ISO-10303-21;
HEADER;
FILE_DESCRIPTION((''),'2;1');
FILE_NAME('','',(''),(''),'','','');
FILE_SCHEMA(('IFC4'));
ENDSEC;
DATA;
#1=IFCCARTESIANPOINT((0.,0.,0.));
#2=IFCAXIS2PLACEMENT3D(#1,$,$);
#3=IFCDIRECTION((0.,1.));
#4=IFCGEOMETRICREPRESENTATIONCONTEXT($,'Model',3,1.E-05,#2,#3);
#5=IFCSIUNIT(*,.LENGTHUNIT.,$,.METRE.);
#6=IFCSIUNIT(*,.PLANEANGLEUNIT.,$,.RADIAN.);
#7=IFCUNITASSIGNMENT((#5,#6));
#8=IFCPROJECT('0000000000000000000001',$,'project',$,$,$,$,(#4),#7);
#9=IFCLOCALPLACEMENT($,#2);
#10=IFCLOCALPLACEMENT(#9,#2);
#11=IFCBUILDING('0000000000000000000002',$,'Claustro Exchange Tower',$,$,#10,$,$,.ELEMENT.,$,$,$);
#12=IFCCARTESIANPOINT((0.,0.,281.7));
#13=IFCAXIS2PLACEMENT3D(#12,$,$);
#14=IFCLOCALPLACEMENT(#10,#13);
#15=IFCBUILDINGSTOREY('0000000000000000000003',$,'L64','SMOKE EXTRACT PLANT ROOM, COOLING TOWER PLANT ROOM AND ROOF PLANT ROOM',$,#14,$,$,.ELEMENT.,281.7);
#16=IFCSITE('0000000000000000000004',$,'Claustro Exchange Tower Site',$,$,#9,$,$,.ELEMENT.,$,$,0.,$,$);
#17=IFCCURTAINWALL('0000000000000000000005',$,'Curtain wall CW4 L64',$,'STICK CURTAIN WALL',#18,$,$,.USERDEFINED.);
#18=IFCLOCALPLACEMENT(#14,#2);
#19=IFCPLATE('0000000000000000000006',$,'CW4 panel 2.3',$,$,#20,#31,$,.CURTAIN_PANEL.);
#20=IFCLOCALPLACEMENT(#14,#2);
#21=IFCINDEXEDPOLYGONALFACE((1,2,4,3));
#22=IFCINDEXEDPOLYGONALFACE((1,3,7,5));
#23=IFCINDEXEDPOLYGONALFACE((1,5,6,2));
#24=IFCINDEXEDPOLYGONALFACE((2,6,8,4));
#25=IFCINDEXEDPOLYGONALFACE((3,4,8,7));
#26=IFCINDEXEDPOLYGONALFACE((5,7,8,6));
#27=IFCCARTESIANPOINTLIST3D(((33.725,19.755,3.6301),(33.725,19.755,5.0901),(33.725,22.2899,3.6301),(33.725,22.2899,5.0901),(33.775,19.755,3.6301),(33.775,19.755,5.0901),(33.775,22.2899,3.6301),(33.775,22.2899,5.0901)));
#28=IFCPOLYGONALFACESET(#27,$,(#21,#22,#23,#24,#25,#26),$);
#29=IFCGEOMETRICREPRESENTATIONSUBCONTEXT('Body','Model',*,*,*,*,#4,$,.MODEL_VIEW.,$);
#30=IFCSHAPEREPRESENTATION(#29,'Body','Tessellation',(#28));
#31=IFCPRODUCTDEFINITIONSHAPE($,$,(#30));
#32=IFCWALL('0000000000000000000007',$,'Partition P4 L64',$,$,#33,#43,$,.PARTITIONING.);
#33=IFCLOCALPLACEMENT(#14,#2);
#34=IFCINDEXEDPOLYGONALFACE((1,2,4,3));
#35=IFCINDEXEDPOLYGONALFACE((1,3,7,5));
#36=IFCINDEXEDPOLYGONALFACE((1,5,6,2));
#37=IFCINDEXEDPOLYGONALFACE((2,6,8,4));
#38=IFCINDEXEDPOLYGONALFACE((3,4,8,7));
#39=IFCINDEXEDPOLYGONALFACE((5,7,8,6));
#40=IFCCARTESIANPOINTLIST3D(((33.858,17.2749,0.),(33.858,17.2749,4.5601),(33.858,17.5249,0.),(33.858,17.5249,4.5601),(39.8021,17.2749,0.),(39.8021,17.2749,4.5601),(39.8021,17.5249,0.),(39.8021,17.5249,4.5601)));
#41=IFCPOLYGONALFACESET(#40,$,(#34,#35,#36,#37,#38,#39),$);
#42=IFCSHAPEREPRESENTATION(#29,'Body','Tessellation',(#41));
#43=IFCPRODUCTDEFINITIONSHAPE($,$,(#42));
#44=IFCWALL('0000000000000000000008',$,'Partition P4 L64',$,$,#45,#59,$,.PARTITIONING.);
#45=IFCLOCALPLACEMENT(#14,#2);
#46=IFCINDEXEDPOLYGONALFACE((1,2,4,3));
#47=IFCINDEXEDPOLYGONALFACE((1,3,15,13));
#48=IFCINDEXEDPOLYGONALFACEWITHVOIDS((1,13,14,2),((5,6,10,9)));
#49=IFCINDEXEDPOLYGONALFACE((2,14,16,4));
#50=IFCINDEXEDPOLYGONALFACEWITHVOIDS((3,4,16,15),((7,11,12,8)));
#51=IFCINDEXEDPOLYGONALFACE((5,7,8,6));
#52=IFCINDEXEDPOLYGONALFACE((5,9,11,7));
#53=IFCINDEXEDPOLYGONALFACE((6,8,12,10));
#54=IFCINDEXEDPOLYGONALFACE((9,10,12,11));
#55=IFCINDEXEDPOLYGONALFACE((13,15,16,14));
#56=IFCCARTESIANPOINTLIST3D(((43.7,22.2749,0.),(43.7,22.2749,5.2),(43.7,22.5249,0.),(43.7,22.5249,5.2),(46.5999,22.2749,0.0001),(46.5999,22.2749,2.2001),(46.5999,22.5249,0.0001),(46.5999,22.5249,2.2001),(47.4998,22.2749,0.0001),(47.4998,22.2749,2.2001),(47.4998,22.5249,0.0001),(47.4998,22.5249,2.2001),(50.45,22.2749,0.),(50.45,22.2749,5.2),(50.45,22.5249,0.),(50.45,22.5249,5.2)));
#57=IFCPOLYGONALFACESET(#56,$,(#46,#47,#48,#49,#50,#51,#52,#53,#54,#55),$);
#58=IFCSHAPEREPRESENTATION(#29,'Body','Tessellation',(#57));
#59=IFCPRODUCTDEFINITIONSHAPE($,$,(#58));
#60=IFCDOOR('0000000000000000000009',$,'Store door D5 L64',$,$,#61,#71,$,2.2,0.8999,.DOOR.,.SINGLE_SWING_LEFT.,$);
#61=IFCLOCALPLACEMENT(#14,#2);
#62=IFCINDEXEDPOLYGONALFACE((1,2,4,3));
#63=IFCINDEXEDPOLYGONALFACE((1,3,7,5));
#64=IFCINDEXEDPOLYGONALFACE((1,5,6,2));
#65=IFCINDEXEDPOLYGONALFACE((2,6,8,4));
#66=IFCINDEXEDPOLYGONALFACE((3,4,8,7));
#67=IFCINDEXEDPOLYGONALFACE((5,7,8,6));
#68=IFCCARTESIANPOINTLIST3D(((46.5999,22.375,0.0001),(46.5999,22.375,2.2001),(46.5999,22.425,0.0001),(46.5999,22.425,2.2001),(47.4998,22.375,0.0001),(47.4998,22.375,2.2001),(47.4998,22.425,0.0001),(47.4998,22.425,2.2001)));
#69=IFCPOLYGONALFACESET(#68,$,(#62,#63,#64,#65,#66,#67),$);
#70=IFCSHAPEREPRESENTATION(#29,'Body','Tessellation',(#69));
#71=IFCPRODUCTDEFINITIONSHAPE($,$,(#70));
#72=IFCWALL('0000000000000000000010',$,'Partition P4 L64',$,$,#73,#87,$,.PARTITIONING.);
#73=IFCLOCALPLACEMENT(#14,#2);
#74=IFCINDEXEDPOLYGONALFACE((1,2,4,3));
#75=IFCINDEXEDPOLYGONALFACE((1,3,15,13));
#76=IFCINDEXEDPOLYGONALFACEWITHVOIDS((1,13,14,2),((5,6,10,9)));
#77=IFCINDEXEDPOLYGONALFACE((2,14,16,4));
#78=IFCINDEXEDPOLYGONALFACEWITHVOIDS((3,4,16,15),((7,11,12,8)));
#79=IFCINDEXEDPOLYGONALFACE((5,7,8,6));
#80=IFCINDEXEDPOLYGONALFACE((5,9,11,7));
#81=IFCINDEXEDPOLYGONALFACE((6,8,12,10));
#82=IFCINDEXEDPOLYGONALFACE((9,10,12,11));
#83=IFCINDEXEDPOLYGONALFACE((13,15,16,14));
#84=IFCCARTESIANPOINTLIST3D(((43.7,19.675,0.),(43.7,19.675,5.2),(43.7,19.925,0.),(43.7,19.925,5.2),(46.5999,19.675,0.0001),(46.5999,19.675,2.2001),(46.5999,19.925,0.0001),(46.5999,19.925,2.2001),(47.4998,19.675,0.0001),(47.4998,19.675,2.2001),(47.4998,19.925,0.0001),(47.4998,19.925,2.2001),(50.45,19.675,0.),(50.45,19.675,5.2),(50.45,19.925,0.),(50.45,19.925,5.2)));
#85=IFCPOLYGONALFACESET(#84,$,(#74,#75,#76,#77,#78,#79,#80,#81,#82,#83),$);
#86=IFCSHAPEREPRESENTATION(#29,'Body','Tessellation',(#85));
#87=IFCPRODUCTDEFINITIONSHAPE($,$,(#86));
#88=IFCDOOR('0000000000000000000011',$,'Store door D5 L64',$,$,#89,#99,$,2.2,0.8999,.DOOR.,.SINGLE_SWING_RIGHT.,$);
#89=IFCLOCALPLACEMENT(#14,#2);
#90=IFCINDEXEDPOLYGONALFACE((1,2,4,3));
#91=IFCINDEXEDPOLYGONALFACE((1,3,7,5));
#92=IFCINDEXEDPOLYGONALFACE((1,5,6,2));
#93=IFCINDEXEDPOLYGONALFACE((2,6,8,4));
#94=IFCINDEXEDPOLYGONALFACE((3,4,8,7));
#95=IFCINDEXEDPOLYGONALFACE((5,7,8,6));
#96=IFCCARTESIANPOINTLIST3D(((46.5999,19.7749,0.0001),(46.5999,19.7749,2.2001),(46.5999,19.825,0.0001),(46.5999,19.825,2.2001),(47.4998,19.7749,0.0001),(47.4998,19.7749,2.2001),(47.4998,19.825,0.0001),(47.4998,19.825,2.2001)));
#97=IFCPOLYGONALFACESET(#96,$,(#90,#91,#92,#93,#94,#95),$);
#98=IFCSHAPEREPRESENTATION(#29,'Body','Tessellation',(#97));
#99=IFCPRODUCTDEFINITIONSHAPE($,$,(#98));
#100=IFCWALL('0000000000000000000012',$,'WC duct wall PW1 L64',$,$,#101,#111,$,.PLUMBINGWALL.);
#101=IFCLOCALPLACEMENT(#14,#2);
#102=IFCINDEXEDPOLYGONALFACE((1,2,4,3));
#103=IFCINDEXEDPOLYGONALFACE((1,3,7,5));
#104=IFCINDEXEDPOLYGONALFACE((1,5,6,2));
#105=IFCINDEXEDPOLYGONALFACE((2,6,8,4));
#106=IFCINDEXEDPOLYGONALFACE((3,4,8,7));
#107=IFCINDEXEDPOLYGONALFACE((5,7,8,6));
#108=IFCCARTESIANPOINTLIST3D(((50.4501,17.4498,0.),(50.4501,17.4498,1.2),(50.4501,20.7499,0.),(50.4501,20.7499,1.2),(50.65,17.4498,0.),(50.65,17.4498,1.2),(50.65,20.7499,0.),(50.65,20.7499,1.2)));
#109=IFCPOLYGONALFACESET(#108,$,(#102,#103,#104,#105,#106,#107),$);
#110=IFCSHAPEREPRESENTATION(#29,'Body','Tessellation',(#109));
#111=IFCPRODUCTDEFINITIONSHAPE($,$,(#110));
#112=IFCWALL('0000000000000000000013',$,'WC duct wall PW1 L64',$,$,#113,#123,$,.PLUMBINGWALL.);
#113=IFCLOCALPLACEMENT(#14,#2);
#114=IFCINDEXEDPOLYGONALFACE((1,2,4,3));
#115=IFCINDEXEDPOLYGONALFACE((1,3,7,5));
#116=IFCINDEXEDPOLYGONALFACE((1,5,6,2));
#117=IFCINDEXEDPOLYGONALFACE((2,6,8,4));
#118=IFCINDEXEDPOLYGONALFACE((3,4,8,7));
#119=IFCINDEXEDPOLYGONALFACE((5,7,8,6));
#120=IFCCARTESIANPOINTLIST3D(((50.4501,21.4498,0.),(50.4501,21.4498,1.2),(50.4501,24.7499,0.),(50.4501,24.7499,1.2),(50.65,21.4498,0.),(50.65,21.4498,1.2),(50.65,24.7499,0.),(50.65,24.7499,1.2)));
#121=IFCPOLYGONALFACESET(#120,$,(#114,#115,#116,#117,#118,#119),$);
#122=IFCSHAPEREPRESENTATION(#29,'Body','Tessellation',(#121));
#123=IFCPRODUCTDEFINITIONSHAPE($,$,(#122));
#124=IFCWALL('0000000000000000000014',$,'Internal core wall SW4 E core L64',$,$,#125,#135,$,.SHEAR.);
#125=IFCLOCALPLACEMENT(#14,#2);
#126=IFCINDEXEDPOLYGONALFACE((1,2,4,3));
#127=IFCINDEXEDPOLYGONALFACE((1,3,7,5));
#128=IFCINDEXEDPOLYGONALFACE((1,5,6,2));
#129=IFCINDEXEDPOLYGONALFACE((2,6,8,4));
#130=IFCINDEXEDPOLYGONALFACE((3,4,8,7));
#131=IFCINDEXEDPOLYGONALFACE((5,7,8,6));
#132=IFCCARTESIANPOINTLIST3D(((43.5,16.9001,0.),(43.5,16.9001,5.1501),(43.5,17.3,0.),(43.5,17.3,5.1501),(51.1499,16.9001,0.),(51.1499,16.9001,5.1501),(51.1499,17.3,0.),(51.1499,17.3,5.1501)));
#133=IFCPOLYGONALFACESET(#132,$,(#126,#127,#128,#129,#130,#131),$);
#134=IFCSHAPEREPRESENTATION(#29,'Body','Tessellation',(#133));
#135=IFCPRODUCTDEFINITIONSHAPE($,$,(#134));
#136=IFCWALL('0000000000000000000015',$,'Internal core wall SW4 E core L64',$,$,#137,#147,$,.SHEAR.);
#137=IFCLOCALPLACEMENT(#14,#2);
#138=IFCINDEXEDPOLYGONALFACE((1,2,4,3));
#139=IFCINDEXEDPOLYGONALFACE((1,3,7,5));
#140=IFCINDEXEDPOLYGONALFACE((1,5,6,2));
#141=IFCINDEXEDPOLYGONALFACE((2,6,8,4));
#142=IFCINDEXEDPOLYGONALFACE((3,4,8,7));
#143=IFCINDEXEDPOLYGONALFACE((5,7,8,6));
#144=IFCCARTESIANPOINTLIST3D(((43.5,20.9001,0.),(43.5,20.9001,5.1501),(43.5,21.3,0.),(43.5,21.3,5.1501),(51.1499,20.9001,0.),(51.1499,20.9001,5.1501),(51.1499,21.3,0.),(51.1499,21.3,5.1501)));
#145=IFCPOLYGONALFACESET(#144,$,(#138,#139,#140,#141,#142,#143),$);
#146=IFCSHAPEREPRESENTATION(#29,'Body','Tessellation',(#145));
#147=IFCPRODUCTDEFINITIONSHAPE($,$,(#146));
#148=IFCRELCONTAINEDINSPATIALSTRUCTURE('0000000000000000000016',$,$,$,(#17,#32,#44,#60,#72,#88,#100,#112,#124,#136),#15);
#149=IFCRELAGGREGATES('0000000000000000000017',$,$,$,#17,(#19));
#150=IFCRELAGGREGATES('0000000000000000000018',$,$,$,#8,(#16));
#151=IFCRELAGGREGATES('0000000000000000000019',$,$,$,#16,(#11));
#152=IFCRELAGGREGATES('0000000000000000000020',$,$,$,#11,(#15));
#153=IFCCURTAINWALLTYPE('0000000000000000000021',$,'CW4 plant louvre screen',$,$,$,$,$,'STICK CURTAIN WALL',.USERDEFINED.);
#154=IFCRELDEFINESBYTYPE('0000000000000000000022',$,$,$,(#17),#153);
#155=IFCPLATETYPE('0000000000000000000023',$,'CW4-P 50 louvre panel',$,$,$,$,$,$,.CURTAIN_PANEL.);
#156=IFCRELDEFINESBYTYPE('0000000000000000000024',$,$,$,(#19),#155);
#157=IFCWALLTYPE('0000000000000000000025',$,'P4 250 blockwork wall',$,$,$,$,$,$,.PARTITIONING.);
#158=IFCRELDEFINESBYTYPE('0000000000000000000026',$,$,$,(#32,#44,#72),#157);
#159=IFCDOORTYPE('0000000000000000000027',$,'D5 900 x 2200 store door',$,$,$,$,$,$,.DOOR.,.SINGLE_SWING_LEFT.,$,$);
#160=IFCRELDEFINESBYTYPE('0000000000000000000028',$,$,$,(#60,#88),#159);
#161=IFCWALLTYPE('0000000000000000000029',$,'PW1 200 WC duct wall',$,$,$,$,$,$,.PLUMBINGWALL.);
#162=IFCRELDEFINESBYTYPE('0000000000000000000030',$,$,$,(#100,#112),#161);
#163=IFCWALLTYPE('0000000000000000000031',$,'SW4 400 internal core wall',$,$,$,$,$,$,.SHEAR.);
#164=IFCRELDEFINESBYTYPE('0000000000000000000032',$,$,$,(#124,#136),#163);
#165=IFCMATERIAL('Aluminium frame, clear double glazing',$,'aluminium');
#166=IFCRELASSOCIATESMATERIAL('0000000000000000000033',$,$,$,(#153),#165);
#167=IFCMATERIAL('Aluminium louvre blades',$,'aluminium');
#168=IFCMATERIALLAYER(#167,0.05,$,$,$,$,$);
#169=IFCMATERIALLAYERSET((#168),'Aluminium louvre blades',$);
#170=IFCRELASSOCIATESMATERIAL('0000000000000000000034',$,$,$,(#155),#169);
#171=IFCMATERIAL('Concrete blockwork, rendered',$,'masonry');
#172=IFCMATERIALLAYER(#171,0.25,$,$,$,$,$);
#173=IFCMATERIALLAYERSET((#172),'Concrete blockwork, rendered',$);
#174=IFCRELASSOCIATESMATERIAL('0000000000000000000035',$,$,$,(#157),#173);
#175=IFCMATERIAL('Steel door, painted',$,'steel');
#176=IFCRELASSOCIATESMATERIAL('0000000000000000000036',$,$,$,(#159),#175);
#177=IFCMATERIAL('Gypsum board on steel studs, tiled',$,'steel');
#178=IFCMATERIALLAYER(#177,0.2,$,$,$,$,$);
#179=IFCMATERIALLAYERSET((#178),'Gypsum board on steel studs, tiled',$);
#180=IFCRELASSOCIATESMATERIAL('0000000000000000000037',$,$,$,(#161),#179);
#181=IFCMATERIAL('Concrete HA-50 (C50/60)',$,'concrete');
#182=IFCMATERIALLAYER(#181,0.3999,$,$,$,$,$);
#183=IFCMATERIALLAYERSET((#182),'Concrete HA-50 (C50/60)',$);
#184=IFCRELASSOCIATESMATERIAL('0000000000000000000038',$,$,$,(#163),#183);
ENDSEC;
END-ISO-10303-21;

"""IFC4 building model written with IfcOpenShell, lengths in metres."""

from ifc_helpers import new_model, si_unit, direction, frame, frame_2d, origin, origin_2d, place, context, subcontext, project, spatial, rectangle, extrude, material, layer, layer_set, type_object, element, fill, aggregate, save


model = new_model("IFC4")

# Units and contexts
model_context = context("Model", 3, precision=1e-05, world=origin(), true_north=direction((0.0, 1.0)))
body_context = subcontext(model_context, "Body", "Model", "MODEL_VIEW")
ifc_project = project(units=[si_unit("LENGTHUNIT", "METRE"), si_unit("PLANEANGLEUNIT", "RADIAN")], contexts=[model_context])

# Site, building, storey
site_placement = place(None, origin())
site = spatial("IfcSite", under=ifc_project, at=site_placement, Name="Claustro Exchange Tower Site", CompositionType="ELEMENT", RefElevation=0.0)
building_placement = place(site_placement, origin())
building = spatial("IfcBuilding", under=site, at=building_placement, Name="Claustro Exchange Tower", CompositionType="ELEMENT")
storey_placement = place(building_placement, frame((0.0, 0.0, 281.7)))
storey = spatial("IfcBuildingStorey", under=building, at=storey_placement, Name="L64", Description="SMOKE EXTRACT PLANT ROOM, COOLING TOWER PLANT ROOM AND ROOF PLANT ROOM", CompositionType="ELEMENT", Elevation=281.7)

# Curtain wall, plate
ifc_material_1 = material(Name="Aluminium frame, clear double glazing", Category="aluminium")
curtain_wall_type = type_object("IfcCurtainWallType", Name="CW4 plant louvre screen", ElementType="STICK CURTAIN WALL", PredefinedType="USERDEFINED", material=ifc_material_1)
curtain_wall_placement = place(storey_placement, origin())
curtain_wall = element("IfcCurtainWall", 1, at=curtain_wall_placement, inside=storey, type_object=curtain_wall_type, Name="Curtain wall CW4 L64", ObjectType="STICK CURTAIN WALL", PredefinedType="USERDEFINED")
ifc_material_2 = material(Name="Aluminium louvre blades", Category="aluminium")
ifc_layer_1 = layer(ifc_material_2, 0.05)
ifc_layer_set_1 = layer_set([ifc_layer_1], Name="Aluminium louvre blades")
plate_type = type_object("IfcPlateType", Name="CW4-P 50 louvre panel", PredefinedType="CURTAIN_PANEL", material=ifc_layer_set_1)
plate_1_placement = place(storey_placement, frame((33.75, 21.0225, 3.6301), z_axis=(0.0, 0.0, 1.0), x_axis=(0.0, 1.0, 0.0)))
plate_1 = element("IfcPlate", 2, at=plate_1_placement, type_object=plate_type, Name="CW4 panel 2.3", PredefinedType="CURTAIN_PANEL", context=body_context, shape_type="SweptSolid", body=[
    extrude(rectangle(XDim=2.5349, YDim=0.05, at=origin_2d()), origin(), (0.0, 0.0, 1.0), 1.46),
])
aggregate(curtain_wall, [plate_1])

# Wall
ifc_material_3 = material(Name="Concrete blockwork, rendered", Category="masonry")
ifc_layer_2 = layer(ifc_material_3, 0.25)
ifc_layer_set_2 = layer_set([ifc_layer_2], Name="Concrete blockwork, rendered")
wall_type_1 = type_object("IfcWallType", Name="P4 250 blockwork wall", PredefinedType="PARTITIONING", material=ifc_layer_set_2)
wall_1_placement = place(storey_placement, frame((33.8579, 17.3999, 0.0), z_axis=(0.0, 0.0, 1.0), x_axis=(1.0, 0.0, 0.0)))
element("IfcWall", 3, at=wall_1_placement, inside=storey, type_object=wall_type_1, Name="Partition P4 L64", PredefinedType="PARTITIONING", context=body_context, shape_type="SweptSolid", body=[
    extrude(rectangle(XDim=5.9441, YDim=0.25, at=frame_2d((2.9722, 0.0))), origin(), (0.0, 0.0, 1.0), 4.5601),
])

# Walls, openings, doors
wall_2_placement = place(storey_placement, frame((43.7, 22.3999, 0.0), z_axis=(0.0, 0.0, 1.0), x_axis=(1.0, 0.0, 0.0)))
wall_2 = element("IfcWall", 4, at=wall_2_placement, inside=storey, type_object=wall_type_1, Name="Partition P4 L64", PredefinedType="PARTITIONING", context=body_context, shape_type="SweptSolid", body=[
    extrude(rectangle(XDim=6.75, YDim=0.25, at=frame_2d((3.375, 0.0))), origin(), (0.0, 0.0, 1.0), 5.2),
])
opening_1_placement = place(wall_2_placement, frame((2.8999, 0.0, 0.0)))
opening_1 = element("IfcOpeningElement", 5, at=opening_1_placement, cuts=wall_2, PredefinedType="OPENING", context=body_context, shape_type="SweptSolid", body=[
    extrude(rectangle(XDim=0.8999, YDim=2.2, at=frame_2d((0.45, 1.1001))), frame((0.0, 0.135, 0.0), z_axis=(0.0, -1.0, 0.0), x_axis=(1.0, 0.0, 0.0)), (0.0, 0.0, 1.0), 0.27),
])
ifc_material_4 = material(Name="Steel door, painted", Category="steel")
door_type = type_object("IfcDoorType", Name="D5 900 x 2200 store door", OperationType="SINGLE_SWING_LEFT", PredefinedType="DOOR", material=ifc_material_4)
door_1_placement = place(opening_1_placement, frame((0.8999, 0.0, 0.0), z_axis=(0.0, 0.0, 1.0), x_axis=(-1.0, 0.0, 0.0)))
door_1 = element("IfcDoor", 6, at=door_1_placement, inside=storey, type_object=door_type, Name="Store door D5 L64", OperationType="SINGLE_SWING_LEFT", OverallHeight=2.2, OverallWidth=0.8999, PredefinedType="DOOR", context=body_context, shape_type="SweptSolid", body=[
    extrude(rectangle(XDim=0.8999, YDim=2.2, at=frame_2d((0.45, 1.1001))), frame((0.0, 0.0249, 0.0), z_axis=(0.0, -1.0, 0.0), x_axis=(1.0, 0.0, 0.0)), (0.0, 0.0, 1.0), 0.05),
])
fill(opening_1, door_1)
wall_3_placement = place(storey_placement, frame((43.7, 19.8, 0.0), z_axis=(0.0, 0.0, 1.0), x_axis=(1.0, 0.0, 0.0)))
wall_3 = element("IfcWall", 7, at=wall_3_placement, inside=storey, type_object=wall_type_1, Name="Partition P4 L64", PredefinedType="PARTITIONING", context=body_context, shape_type="SweptSolid", body=[
    extrude(rectangle(XDim=6.75, YDim=0.25, at=frame_2d((3.375, 0.0))), origin(), (0.0, 0.0, 1.0), 5.2),
])
opening_2_placement = place(wall_3_placement, frame((2.8999, 0.0, 0.0)))
opening_2 = element("IfcOpeningElement", 8, at=opening_2_placement, cuts=wall_3, PredefinedType="OPENING", context=body_context, shape_type="SweptSolid", body=[
    extrude(rectangle(XDim=0.8999, YDim=2.2, at=frame_2d((0.45, 1.1001))), frame((0.0, 0.135, 0.0), z_axis=(0.0, -1.0, 0.0), x_axis=(1.0, 0.0, 0.0)), (0.0, 0.0, 1.0), 0.27),
])
door_2_placement = place(opening_2_placement, origin())
door_2 = element("IfcDoor", 9, at=door_2_placement, inside=storey, type_object=door_type, Name="Store door D5 L64", OperationType="SINGLE_SWING_RIGHT", OverallHeight=2.2, OverallWidth=0.8999, PredefinedType="DOOR", context=body_context, shape_type="SweptSolid", body=[
    extrude(rectangle(XDim=0.8999, YDim=2.2, at=frame_2d((0.45, 1.1001))), frame((0.0, 0.0249, 0.0), z_axis=(0.0, -1.0, 0.0), x_axis=(1.0, 0.0, 0.0)), (0.0, 0.0, 1.0), 0.05),
])
fill(opening_2, door_2)

# Walls
ifc_material_5 = material(Name="Gypsum board on steel studs, tiled", Category="steel")
ifc_layer_3 = layer(ifc_material_5, 0.2)
ifc_layer_set_3 = layer_set([ifc_layer_3], Name="Gypsum board on steel studs, tiled")
wall_type_2 = type_object("IfcWallType", Name="PW1 200 WC duct wall", PredefinedType="PLUMBINGWALL", material=ifc_layer_set_3)
for number, where, z_axis, x_axis, name in (
    (10, (50.55, 17.45, 0.0), (0.0, 0.0, 1.0), (0.0, 1.0, 0.0), "WC duct wall PW1 L64"),
    (11, (50.55, 21.45, 0.0), (0.0, 0.0, 1.0), (0.0, 1.0, 0.0), "WC duct wall PW1 L64"),
):
    element("IfcWall", number, at=place(storey_placement, frame(where, z_axis=z_axis, x_axis=x_axis)), inside=storey, type_object=wall_type_2, Name=name, PredefinedType="PLUMBINGWALL", context=body_context, shape_type="SweptSolid", body=[
        extrude(rectangle(XDim=3.3, YDim=0.2, at=frame_2d((1.6499, 0.0))), origin(), (0.0, 0.0, 1.0), 1.2),
    ])
ifc_material_6 = material(Name="Concrete HA-50 (C50/60)", Category="concrete")
ifc_layer_4 = layer(ifc_material_6, 0.3999)
ifc_layer_set_4 = layer_set([ifc_layer_4], Name="Concrete HA-50 (C50/60)")
wall_type_3 = type_object("IfcWallType", Name="SW4 400 internal core wall", PredefinedType="SHEAR", material=ifc_layer_set_4)
for number, where, z_axis, x_axis, name in (
    (12, (51.1499, 17.1001, 0.0), (0.0, 0.0, 1.0), (-1.0, 0.0, 0.0), "Internal core wall SW4 E core L64"),
    (13, (51.1499, 21.1001, 0.0), (0.0, 0.0, 1.0), (-1.0, 0.0, 0.0), "Internal core wall SW4 E core L64"),
):
    element("IfcWall", number, at=place(storey_placement, frame(where, z_axis=z_axis, x_axis=x_axis)), inside=storey, type_object=wall_type_3, Name=name, PredefinedType="SHEAR", context=body_context, shape_type="SweptSolid", body=[
        extrude(rectangle(XDim=7.6499, YDim=0.3999, at=frame_2d((3.825, 0.0))), origin(), (0.0, 0.0, 1.0), 5.1501),
    ])

save(model, "model.ifc")
